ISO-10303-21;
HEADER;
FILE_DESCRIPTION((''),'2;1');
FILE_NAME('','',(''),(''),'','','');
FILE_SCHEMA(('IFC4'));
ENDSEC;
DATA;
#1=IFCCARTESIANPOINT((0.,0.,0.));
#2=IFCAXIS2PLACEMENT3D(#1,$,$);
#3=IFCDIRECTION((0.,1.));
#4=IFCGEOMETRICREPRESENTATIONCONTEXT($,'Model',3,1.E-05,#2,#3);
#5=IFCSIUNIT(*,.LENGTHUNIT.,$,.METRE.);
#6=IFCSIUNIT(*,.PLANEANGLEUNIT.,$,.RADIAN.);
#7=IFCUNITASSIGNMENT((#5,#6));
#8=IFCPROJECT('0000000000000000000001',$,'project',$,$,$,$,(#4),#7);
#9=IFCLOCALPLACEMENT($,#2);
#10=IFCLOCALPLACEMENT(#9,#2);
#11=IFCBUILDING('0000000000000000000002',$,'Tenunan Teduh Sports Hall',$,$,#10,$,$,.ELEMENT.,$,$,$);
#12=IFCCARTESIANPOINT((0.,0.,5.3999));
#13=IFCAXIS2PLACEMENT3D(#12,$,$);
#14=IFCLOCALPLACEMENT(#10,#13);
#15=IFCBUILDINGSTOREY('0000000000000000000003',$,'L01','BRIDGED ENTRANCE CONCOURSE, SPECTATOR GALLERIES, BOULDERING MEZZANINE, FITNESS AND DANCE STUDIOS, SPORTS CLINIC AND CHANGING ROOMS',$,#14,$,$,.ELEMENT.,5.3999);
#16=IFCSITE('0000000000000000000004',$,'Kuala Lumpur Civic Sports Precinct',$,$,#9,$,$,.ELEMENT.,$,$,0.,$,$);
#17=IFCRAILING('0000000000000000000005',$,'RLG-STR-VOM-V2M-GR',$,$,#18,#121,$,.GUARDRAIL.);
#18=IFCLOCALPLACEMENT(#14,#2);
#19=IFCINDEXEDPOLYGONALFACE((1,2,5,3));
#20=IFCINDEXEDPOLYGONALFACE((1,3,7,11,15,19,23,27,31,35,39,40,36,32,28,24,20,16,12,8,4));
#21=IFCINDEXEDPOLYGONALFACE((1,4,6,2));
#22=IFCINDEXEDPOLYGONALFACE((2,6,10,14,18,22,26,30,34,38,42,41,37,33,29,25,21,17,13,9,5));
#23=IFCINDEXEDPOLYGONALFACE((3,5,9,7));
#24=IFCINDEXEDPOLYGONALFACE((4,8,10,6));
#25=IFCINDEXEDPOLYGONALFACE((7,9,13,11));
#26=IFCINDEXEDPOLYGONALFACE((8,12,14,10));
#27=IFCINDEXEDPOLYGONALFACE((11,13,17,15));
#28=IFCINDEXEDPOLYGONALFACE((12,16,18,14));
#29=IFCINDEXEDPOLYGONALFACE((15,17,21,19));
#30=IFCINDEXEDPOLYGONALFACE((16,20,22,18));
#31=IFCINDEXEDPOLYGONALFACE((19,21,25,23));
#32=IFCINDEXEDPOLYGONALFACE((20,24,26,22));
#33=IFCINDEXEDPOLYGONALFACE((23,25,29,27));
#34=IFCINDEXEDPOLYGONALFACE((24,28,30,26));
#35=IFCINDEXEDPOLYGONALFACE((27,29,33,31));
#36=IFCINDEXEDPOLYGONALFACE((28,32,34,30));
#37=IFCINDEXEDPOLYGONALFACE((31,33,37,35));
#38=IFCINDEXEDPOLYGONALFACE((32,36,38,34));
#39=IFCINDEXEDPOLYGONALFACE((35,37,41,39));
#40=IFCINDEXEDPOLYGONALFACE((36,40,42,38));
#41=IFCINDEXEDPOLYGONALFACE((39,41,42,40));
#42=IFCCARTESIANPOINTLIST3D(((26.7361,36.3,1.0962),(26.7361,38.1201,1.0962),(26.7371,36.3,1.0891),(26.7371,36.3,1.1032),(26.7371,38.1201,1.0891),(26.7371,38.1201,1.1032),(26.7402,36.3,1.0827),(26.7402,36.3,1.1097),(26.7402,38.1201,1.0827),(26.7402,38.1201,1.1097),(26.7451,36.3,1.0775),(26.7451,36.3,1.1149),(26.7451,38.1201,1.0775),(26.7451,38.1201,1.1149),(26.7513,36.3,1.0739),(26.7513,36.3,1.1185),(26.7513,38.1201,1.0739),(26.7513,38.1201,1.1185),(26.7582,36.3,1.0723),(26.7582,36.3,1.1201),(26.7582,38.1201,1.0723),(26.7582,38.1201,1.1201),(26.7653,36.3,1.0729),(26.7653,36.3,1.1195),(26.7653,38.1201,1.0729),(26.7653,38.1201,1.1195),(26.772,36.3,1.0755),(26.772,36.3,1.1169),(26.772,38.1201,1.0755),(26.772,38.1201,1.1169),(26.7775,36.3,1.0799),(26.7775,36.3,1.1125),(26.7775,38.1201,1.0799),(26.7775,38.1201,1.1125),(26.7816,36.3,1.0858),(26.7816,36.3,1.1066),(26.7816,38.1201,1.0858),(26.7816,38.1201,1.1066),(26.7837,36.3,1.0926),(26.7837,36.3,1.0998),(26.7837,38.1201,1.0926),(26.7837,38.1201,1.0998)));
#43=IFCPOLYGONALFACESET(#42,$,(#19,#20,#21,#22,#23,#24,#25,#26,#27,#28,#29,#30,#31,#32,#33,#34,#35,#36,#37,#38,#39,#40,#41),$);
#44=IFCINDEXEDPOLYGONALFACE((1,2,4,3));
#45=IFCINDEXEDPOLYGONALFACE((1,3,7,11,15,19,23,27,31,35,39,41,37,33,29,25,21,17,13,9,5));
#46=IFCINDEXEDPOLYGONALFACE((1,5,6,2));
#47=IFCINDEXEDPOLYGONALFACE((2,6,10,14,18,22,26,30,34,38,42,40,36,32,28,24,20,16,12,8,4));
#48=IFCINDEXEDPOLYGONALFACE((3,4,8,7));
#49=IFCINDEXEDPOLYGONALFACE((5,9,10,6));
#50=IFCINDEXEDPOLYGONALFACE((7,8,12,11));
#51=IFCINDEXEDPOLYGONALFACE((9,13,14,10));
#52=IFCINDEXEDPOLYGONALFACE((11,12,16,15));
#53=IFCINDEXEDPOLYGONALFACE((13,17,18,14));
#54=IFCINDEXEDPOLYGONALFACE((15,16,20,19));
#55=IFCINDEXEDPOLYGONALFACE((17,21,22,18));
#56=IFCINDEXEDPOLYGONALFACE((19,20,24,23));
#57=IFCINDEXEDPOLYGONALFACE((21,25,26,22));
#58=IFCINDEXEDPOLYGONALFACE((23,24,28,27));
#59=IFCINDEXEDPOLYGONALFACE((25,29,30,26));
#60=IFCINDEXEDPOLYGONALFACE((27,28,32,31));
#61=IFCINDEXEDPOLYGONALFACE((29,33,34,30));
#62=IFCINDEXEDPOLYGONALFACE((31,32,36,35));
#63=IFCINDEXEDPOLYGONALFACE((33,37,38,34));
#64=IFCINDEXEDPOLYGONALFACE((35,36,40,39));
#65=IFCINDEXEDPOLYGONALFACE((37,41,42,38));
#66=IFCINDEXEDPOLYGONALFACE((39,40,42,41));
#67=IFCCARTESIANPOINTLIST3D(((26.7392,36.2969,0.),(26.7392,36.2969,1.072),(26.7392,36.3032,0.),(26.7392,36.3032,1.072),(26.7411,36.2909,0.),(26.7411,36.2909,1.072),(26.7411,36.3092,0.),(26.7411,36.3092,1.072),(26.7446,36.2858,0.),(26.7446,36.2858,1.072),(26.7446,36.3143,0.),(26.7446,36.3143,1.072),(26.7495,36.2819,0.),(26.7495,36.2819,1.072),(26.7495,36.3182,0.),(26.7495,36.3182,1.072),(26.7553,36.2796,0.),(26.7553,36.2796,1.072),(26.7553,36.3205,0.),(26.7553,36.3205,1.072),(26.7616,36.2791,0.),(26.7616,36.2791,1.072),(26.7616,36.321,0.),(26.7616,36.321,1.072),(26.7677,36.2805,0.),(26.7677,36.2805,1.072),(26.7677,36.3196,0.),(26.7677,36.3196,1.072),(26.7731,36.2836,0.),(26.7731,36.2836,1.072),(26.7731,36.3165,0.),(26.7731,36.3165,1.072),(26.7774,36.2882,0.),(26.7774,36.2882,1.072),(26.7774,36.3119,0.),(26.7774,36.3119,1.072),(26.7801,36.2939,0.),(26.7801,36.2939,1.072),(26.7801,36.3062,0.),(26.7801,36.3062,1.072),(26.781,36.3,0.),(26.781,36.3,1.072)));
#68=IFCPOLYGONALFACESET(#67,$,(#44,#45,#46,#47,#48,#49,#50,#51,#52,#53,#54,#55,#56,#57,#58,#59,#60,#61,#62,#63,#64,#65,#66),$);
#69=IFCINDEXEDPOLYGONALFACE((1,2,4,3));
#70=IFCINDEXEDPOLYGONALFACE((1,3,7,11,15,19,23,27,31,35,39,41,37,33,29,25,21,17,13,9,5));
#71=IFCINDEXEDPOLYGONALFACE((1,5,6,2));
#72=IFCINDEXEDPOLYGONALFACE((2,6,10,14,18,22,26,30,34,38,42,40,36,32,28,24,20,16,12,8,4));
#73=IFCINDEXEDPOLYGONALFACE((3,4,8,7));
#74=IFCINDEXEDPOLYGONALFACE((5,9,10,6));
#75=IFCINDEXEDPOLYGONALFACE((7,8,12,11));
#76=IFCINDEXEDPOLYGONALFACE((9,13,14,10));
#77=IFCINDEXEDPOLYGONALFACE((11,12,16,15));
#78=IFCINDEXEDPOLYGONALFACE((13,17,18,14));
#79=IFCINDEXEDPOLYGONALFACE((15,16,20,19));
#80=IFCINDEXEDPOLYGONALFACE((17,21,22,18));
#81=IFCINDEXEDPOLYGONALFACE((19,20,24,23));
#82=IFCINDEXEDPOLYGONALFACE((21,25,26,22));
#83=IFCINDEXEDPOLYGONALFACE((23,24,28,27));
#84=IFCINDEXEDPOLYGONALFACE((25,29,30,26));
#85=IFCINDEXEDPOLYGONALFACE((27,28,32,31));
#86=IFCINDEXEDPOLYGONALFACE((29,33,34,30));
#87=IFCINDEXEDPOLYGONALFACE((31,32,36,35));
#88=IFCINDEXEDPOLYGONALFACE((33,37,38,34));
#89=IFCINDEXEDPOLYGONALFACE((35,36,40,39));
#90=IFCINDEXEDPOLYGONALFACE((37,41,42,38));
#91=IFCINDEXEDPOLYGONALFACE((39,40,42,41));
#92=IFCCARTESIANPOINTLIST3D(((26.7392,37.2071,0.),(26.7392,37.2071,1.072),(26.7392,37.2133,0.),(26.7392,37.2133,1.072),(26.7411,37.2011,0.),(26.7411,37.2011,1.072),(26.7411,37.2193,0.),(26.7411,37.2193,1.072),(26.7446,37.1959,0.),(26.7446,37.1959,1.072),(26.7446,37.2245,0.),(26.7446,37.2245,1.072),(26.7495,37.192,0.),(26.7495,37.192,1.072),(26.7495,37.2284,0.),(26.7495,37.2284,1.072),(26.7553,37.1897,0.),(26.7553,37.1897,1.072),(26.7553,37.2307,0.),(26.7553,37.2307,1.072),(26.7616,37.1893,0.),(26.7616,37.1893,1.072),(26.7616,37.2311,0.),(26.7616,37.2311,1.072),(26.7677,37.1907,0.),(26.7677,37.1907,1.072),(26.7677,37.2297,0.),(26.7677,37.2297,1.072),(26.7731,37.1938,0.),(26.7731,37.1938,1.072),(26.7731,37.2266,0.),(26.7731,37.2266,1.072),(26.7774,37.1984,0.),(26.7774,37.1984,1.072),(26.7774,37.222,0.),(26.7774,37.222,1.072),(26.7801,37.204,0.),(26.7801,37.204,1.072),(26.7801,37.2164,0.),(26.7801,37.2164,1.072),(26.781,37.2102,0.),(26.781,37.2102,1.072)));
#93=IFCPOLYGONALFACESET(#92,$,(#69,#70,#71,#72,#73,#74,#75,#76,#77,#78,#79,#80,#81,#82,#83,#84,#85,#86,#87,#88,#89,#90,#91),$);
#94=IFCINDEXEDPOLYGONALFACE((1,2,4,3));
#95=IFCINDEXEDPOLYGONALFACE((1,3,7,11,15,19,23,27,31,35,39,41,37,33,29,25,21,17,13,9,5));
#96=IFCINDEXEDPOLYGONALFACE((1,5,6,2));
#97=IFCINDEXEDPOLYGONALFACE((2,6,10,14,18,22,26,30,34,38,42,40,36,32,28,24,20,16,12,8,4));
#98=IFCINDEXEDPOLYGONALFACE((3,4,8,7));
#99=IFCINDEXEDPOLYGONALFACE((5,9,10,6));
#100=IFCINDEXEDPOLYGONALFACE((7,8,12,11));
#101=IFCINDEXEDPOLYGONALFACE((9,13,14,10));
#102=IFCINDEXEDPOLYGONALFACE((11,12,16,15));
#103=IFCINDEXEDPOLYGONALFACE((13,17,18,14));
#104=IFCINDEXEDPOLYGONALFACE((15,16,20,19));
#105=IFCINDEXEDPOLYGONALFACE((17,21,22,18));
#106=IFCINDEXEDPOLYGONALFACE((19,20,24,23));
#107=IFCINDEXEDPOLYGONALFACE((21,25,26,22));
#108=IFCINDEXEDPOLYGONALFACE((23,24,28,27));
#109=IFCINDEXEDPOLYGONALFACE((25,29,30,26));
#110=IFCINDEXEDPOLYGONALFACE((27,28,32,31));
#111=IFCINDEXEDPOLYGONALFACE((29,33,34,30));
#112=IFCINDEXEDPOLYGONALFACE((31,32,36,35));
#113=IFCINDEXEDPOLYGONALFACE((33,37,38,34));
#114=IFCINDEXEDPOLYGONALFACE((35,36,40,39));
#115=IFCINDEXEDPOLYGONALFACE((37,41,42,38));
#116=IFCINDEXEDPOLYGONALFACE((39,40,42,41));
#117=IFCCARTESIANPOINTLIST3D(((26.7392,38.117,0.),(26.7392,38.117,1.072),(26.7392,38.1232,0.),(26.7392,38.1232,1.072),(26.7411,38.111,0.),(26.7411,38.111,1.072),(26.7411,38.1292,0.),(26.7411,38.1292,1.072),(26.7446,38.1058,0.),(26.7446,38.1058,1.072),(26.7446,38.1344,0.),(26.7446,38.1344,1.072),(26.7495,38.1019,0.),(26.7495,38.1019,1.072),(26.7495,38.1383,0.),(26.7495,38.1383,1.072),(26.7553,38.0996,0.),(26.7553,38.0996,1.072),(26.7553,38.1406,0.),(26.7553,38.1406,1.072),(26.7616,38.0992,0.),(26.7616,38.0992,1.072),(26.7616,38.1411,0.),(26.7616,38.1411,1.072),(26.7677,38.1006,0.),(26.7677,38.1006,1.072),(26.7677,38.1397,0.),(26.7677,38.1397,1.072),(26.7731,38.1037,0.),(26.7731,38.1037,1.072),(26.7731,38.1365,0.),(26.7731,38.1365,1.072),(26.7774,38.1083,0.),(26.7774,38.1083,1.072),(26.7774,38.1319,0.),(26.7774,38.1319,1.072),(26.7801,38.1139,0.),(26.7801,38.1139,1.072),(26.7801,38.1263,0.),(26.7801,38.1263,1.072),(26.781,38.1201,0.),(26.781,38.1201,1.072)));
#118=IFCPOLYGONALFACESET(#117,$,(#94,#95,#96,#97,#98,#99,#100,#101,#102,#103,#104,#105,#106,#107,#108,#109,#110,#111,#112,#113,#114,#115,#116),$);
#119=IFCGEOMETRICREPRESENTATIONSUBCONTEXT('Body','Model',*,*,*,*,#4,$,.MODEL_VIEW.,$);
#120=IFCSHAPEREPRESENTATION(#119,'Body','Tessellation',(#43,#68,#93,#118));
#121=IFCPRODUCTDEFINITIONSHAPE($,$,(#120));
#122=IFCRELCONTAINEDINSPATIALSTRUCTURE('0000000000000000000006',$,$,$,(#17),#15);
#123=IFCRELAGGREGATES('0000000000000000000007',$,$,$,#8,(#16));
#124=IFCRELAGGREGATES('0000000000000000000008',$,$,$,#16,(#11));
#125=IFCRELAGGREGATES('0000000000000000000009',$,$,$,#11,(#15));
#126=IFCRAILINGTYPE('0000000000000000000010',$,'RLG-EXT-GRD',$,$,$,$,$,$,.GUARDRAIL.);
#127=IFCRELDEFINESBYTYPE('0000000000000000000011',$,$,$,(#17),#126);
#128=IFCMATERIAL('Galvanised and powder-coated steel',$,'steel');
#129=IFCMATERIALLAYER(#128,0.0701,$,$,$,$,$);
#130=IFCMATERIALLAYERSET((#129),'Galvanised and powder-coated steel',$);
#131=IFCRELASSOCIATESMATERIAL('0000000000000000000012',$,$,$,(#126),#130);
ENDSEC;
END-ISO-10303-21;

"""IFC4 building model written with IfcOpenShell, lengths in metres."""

from ifc_helpers import new_model, si_unit, direction, frame, origin, origin_2d, place, context, subcontext, project, spatial, circle, extrude, material, layer, layer_set, type_object, element, save


model = new_model("IFC4")

# Units and contexts
model_context = context("Model", 3, precision=1e-05, world=origin(), true_north=direction((0.0, 1.0)))
body_context = subcontext(model_context, "Body", "Model", "MODEL_VIEW")
ifc_project = project(units=[si_unit("LENGTHUNIT", "METRE"), si_unit("PLANEANGLEUNIT", "RADIAN")], contexts=[model_context])

# Site, building, storey
site_placement = place(None, origin())
site = spatial("IfcSite", under=ifc_project, at=site_placement, Name="Kuala Lumpur Civic Sports Precinct", CompositionType="ELEMENT", RefElevation=0.0)
building_placement = place(site_placement, origin())
building = spatial("IfcBuilding", under=site, at=building_placement, Name="Tenunan Teduh Sports Hall", CompositionType="ELEMENT")
storey_placement = place(building_placement, frame((0.0, 0.0, 5.3999)))
storey = spatial("IfcBuildingStorey", under=building, at=storey_placement, Name="L01", Description="BRIDGED ENTRANCE CONCOURSE, SPECTATOR GALLERIES, BOULDERING MEZZANINE, FITNESS AND DANCE STUDIOS, SPORTS CLINIC AND CHANGING ROOMS", CompositionType="ELEMENT", Elevation=5.3999)

# Railing
ifc_material_1 = material(Name="Galvanised and powder-coated steel", Category="steel")
ifc_layer_1 = layer(ifc_material_1, 0.0701)
ifc_layer_set_1 = layer_set([ifc_layer_1], Name="Galvanised and powder-coated steel")
railing_type = type_object("IfcRailingType", Name="RLG-EXT-GRD", PredefinedType="GUARDRAIL", material=ifc_layer_set_1)
for number, where, name in (
    (1, (26.76, 36.3, 0.0), "RLG-STR-VOM-V2M-GR"),
):
    element("IfcRailing", number, at=place(storey_placement, frame(where)), inside=storey, type_object=railing_type, Name=name, PredefinedType="GUARDRAIL", context=body_context, shape_type="SweptSolid", body=[
        extrude(circle(Radius=0.0239, at=origin_2d()), frame((0.0, 0.0, 1.0962), z_axis=(0.0, 1.0, 0.0), x_axis=(-1.0, 0.0, 0.0)), (0.0, 0.0, 1.0), 1.8201),
        extrude(circle(Radius=0.021, at=origin_2d()), origin(), (0.0, 0.0, 1.0), 1.072),
        extrude(circle(Radius=0.021, at=origin_2d()), frame((0.0, 0.9102, 0.0)), (0.0, 0.0, 1.0), 1.072),
        extrude(circle(Radius=0.021, at=origin_2d()), frame((0.0, 1.8201, 0.0)), (0.0, 0.0, 1.0), 1.072),
    ])

save(model, "model.ifc")
